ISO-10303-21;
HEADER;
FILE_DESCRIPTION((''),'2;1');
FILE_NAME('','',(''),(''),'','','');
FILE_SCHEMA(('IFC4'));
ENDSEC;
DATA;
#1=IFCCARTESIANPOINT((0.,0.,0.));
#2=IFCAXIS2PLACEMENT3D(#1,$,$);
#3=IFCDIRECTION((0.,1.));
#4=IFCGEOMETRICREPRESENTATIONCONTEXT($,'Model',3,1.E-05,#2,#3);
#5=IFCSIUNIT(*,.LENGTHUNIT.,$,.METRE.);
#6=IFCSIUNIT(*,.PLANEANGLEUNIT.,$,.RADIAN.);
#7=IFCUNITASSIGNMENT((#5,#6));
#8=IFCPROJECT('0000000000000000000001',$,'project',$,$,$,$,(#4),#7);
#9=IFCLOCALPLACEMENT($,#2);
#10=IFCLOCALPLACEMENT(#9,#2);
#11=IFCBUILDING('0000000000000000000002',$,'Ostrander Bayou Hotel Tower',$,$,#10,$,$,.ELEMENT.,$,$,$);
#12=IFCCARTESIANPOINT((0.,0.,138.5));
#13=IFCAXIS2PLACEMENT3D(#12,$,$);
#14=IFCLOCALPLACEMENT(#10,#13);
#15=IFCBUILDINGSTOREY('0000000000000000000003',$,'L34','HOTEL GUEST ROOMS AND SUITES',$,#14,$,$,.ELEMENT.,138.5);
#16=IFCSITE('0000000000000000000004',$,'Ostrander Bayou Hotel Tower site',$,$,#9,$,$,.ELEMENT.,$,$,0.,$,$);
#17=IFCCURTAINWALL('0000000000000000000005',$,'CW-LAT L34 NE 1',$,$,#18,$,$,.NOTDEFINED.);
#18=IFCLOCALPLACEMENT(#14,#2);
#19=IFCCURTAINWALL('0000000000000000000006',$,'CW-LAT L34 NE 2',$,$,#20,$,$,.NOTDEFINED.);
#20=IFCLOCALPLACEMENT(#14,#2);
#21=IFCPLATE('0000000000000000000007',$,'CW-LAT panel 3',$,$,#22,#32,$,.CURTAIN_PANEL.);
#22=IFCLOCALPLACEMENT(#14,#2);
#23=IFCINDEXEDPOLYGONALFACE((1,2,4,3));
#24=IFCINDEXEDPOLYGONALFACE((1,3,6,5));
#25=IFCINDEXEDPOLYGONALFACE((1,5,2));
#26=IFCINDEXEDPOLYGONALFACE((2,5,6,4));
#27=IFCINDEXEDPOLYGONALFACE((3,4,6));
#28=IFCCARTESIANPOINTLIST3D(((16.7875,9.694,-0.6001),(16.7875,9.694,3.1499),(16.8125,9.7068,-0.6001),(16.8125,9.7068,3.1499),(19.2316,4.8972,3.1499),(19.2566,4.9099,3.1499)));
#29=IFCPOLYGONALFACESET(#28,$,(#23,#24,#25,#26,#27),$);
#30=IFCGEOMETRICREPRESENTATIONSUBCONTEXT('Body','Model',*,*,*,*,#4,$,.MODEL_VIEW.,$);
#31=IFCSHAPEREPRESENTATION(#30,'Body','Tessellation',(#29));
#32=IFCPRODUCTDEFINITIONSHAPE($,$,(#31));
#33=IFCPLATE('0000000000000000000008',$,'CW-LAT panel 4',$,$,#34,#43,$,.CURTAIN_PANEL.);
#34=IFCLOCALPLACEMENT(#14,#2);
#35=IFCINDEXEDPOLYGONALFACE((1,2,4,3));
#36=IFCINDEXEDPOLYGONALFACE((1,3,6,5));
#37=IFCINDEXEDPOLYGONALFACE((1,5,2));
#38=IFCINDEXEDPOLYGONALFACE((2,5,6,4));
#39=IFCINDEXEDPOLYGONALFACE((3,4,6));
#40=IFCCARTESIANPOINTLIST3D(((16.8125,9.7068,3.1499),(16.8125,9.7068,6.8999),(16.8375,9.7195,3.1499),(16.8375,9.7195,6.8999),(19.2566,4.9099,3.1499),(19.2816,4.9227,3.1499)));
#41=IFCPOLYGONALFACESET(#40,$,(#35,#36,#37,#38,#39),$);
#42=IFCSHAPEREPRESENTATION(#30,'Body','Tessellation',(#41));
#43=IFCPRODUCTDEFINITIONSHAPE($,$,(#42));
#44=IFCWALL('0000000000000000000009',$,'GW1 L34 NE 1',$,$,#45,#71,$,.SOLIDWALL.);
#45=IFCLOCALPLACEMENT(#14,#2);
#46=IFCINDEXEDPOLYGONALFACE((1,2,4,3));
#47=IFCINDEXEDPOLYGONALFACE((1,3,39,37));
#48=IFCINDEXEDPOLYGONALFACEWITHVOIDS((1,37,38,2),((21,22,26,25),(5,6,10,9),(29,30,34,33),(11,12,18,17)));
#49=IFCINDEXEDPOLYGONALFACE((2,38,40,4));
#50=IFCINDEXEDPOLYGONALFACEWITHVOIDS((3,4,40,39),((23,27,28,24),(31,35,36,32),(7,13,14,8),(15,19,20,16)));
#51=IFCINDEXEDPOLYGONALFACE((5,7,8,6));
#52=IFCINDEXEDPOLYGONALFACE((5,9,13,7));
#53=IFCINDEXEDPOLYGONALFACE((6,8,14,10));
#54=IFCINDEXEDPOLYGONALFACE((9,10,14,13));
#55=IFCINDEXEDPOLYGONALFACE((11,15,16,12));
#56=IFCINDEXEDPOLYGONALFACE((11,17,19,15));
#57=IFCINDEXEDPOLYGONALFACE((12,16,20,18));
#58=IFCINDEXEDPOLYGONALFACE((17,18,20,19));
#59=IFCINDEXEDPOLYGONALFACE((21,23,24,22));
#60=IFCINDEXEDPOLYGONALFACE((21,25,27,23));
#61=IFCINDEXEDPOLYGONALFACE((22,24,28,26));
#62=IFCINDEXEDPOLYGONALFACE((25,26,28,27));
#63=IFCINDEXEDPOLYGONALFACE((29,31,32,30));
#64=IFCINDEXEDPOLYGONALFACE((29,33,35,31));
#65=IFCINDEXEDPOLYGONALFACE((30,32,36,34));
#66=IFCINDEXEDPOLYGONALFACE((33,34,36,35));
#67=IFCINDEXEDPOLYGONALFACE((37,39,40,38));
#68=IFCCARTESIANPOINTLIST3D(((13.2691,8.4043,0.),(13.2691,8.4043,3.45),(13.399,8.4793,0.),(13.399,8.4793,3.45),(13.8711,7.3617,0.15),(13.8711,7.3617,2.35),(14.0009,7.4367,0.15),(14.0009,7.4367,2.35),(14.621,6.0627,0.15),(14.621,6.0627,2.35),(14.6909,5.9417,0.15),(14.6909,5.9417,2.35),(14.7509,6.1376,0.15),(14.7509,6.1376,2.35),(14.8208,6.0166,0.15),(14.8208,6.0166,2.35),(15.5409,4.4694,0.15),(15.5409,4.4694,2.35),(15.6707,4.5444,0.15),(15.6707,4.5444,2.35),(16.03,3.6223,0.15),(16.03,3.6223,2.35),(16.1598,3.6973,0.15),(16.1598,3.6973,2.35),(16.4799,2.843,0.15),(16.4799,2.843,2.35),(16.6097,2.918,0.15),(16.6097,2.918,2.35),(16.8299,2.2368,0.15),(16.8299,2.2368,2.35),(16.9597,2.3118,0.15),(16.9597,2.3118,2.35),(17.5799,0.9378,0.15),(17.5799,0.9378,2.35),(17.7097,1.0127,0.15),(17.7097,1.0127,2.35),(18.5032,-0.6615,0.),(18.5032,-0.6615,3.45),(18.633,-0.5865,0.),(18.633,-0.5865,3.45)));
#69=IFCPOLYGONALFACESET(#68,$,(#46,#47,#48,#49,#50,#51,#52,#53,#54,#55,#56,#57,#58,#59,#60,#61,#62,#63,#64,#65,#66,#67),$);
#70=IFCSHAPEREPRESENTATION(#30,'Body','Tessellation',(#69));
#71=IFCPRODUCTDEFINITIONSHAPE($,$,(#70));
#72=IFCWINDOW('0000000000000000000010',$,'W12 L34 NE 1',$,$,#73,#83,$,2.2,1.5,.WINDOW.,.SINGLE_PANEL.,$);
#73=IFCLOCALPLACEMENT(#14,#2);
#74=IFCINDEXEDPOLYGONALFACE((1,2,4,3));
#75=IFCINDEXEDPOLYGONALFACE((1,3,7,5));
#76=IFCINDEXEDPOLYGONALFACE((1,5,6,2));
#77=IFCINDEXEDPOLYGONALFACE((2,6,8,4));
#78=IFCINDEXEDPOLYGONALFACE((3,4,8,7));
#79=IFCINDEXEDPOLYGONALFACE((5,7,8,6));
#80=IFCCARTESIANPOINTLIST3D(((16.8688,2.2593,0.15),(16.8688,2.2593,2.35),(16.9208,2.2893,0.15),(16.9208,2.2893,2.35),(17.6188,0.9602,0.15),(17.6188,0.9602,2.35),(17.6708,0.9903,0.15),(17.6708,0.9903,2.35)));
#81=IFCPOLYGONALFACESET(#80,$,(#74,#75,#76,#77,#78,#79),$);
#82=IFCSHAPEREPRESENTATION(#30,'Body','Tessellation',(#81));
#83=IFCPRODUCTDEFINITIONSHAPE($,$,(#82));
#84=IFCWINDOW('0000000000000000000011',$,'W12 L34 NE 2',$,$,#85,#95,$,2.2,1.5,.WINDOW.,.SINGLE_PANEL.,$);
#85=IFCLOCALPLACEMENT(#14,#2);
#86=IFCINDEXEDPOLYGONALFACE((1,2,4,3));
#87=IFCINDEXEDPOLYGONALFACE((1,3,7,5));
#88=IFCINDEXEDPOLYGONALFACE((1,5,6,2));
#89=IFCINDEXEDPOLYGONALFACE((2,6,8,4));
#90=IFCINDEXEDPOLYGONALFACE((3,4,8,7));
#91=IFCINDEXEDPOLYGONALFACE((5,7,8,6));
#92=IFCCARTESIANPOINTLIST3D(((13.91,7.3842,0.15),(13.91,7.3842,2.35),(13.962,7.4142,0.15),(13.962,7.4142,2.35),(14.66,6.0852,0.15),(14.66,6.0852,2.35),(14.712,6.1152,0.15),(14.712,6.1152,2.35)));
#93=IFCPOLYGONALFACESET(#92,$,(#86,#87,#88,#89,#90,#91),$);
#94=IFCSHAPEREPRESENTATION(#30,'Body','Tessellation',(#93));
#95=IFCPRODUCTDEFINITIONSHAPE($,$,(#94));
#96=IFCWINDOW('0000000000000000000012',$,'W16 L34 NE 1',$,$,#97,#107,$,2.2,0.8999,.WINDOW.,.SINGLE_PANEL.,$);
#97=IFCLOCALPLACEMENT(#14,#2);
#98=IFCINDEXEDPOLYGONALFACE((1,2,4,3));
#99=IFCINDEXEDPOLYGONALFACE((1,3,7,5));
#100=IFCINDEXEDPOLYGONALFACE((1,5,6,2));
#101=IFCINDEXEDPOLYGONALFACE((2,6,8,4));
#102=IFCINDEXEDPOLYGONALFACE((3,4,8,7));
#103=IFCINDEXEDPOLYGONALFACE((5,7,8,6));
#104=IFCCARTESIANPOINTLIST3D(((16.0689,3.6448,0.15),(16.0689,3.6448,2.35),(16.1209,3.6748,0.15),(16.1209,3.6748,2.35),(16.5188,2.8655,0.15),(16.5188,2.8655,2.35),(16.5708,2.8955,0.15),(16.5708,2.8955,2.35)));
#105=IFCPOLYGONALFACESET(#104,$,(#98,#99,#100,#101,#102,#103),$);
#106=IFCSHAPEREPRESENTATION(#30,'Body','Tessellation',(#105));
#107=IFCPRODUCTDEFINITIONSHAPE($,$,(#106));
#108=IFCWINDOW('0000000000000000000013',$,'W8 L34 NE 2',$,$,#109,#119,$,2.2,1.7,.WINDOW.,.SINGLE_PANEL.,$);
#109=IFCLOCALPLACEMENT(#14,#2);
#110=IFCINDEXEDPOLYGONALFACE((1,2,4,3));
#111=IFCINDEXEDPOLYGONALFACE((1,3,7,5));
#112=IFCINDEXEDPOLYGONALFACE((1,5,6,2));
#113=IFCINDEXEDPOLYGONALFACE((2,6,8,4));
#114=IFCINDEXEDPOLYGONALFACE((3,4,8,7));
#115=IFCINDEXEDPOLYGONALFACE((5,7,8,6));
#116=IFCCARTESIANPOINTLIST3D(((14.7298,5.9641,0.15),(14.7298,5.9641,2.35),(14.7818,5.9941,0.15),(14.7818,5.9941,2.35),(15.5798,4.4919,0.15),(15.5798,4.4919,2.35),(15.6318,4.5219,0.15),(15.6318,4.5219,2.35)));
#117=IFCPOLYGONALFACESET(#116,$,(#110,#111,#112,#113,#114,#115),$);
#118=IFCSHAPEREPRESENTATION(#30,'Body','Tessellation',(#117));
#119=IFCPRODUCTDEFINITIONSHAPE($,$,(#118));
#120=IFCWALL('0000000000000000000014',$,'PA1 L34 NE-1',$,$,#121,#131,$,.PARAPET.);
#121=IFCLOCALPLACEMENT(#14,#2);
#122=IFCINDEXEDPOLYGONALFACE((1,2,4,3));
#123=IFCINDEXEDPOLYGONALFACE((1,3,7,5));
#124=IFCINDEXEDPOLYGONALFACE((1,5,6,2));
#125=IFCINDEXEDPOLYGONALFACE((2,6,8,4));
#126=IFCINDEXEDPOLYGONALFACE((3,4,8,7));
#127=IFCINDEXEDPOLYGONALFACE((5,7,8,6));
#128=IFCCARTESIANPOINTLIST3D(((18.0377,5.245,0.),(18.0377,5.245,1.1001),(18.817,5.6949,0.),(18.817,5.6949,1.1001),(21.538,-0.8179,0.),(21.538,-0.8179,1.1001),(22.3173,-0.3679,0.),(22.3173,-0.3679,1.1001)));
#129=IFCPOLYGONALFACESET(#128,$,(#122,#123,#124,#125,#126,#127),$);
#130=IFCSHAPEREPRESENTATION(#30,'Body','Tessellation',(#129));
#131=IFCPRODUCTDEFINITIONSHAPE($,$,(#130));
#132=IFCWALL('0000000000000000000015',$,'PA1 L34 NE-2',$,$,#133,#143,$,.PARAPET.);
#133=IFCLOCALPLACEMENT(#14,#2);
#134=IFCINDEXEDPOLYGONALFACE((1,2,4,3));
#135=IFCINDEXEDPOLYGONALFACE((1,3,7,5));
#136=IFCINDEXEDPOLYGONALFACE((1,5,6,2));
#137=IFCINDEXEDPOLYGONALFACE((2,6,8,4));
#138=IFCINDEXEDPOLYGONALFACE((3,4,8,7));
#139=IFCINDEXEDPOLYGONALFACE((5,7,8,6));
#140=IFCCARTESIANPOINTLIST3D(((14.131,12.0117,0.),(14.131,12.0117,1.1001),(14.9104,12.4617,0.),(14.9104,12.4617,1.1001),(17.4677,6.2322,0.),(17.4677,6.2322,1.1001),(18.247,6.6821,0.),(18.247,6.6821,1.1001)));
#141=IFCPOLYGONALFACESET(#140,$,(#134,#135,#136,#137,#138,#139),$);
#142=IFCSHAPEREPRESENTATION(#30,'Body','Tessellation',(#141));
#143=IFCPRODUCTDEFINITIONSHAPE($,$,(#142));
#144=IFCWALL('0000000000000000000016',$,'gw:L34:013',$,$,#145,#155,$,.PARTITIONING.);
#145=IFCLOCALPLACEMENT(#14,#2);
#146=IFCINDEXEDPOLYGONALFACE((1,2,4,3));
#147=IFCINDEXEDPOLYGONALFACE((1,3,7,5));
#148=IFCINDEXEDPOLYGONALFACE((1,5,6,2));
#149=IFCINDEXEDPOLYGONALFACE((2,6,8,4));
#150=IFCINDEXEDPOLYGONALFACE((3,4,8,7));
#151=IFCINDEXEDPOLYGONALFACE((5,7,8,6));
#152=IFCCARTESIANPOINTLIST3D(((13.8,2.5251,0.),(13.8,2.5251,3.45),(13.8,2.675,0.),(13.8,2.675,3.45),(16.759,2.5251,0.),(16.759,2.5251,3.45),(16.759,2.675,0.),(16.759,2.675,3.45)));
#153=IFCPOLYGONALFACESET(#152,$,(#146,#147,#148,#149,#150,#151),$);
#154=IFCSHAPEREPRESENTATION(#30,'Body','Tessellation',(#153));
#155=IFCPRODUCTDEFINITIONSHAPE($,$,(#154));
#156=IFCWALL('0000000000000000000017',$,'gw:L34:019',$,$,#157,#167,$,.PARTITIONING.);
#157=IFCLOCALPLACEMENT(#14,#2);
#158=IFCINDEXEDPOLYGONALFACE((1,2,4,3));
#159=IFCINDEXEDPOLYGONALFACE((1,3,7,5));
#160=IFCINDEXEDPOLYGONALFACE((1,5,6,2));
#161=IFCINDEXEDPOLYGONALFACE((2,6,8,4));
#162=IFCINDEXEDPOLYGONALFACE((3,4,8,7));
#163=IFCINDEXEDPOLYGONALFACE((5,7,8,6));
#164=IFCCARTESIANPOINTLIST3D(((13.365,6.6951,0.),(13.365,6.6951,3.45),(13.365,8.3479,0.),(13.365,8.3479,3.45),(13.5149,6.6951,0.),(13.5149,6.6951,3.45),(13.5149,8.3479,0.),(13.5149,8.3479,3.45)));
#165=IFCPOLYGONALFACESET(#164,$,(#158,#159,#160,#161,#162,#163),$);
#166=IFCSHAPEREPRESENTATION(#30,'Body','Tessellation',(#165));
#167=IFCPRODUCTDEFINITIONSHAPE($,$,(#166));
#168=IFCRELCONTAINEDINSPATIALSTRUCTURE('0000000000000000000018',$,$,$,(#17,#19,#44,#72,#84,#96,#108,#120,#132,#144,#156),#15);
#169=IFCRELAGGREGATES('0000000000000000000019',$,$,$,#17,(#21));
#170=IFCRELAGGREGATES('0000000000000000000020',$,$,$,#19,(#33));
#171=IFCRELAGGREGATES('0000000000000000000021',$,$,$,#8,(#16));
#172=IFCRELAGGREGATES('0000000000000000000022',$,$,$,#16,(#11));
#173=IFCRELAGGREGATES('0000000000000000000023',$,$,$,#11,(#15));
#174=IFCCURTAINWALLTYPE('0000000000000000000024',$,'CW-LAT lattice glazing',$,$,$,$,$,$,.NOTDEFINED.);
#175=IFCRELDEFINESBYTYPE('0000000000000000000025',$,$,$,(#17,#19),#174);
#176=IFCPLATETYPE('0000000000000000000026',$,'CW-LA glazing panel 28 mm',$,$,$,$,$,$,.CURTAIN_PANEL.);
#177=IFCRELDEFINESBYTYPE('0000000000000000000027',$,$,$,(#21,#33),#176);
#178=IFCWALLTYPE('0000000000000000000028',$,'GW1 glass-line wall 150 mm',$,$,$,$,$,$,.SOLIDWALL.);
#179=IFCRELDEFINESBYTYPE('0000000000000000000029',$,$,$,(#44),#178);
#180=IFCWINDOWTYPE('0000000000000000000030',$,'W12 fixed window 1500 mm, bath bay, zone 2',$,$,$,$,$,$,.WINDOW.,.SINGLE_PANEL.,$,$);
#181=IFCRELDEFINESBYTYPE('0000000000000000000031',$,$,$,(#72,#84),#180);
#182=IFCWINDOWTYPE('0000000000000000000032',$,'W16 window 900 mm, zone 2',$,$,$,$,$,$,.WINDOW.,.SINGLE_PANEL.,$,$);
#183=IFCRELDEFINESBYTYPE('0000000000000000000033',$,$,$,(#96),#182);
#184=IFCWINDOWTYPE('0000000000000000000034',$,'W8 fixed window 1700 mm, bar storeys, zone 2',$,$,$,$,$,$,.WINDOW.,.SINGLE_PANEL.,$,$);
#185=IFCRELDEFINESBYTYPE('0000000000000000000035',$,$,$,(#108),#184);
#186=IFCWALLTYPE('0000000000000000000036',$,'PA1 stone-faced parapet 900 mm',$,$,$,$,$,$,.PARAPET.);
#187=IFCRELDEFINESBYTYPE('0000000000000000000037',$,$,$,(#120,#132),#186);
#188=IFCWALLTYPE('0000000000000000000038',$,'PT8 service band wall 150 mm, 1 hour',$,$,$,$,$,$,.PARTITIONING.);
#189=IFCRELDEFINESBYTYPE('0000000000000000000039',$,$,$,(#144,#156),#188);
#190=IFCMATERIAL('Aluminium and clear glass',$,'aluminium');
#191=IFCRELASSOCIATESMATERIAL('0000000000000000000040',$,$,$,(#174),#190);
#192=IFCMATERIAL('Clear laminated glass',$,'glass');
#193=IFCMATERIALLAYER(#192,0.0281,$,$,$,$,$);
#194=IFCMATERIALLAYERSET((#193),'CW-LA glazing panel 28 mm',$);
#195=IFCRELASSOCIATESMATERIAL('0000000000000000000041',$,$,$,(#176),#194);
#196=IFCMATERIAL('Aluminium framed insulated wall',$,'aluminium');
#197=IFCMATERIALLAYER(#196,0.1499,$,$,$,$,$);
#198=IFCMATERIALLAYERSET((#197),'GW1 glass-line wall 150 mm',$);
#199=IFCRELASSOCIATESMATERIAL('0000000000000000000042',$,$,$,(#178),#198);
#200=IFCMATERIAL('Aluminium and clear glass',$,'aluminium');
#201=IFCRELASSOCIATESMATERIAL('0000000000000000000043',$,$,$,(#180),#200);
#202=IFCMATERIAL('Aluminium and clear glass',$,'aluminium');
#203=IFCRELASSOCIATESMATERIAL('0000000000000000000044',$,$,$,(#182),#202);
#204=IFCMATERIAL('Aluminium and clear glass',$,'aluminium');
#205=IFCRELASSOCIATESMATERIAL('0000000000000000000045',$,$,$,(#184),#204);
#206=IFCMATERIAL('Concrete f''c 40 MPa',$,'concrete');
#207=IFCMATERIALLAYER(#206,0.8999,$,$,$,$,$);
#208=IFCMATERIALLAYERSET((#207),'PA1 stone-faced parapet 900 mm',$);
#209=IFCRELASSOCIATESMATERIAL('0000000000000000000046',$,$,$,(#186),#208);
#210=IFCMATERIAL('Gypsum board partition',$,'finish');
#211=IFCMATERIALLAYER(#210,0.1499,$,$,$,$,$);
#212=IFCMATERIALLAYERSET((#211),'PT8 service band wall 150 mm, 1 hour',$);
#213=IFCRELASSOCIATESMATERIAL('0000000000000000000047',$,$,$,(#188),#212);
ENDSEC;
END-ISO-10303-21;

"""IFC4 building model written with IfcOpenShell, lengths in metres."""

from ifc_helpers import new_model, si_unit, direction, frame, frame_2d, origin, place, context, subcontext, project, spatial, polyline, rectangle, outline, extrude, material, layer, layer_set, type_object, element, fill, aggregate, save


model = new_model("IFC4")

# Units and contexts
model_context = context("Model", 3, precision=1e-05, world=origin(), true_north=direction((0.0, 1.0)))
body_context = subcontext(model_context, "Body", "Model", "MODEL_VIEW")
ifc_project = project(units=[si_unit("LENGTHUNIT", "METRE"), si_unit("PLANEANGLEUNIT", "RADIAN")], contexts=[model_context])

# Site, building, storey
site_placement = place(None, origin())
site = spatial("IfcSite", under=ifc_project, at=site_placement, Name="Ostrander Bayou Hotel Tower site", CompositionType="ELEMENT", RefElevation=0.0)
building_placement = place(site_placement, origin())
building = spatial("IfcBuilding", under=site, at=building_placement, Name="Ostrander Bayou Hotel Tower", CompositionType="ELEMENT")
storey_placement = place(building_placement, frame((0.0, 0.0, 138.5)))
storey = spatial("IfcBuildingStorey", under=building, at=storey_placement, Name="L34", Description="HOTEL GUEST ROOMS AND SUITES", CompositionType="ELEMENT", Elevation=138.5)

# Curtain wall
ifc_material_1 = material(Name="Aluminium and clear glass", Category="aluminium")
curtain_wall_type = type_object("IfcCurtainWallType", Name="CW-LAT lattice glazing", PredefinedType="NOTDEFINED", material=ifc_material_1)
curtain_wall_1_placement = place(storey_placement, origin())
curtain_wall_1 = element("IfcCurtainWall", 1, at=curtain_wall_1_placement, inside=storey, type_object=curtain_wall_type, Name="CW-LAT L34 NE 1", PredefinedType="NOTDEFINED")

# Curtain wall
curtain_wall_2_placement = place(storey_placement, origin())
curtain_wall_2 = element("IfcCurtainWall", 2, at=curtain_wall_2_placement, inside=storey, type_object=curtain_wall_type, Name="CW-LAT L34 NE 2", PredefinedType="NOTDEFINED")

# Shared definitions
ifc_material_2 = material(Name="Clear laminated glass", Category="glass")
ifc_layer_1 = layer(ifc_material_2, 0.0281)
ifc_layer_set_1 = layer_set([ifc_layer_1], Name="CW-LA glazing panel 28 mm")
plate_type = type_object("IfcPlateType", Name="CW-LA glazing panel 28 mm", PredefinedType="CURTAIN_PANEL", material=ifc_layer_set_1)

# Plates
plate_1_placement = place(storey_placement, frame((19.2566, 4.9099, 3.1499), z_axis=(0.891009, 0.453985, 0.0), x_axis=(-0.372521, 0.731125, -0.571563)))
plate_1 = element("IfcPlate", 3, at=plate_1_placement, type_object=plate_type, Name="CW-LAT panel 3", PredefinedType="CURTAIN_PANEL", context=body_context, shape_type="SweptSolid", body=[
    extrude(outline(polyline([(0.0, 0.0), (6.561, 0.0), (4.4176, 3.0771), (0.0, 0.0)])), origin(), (0.0, 0.0, -1.0), 0.0281),
])
aggregate(curtain_wall_1, [plate_1])
plate_2_placement = place(storey_placement, frame((19.2566, 4.9099, 3.1499), z_axis=(-0.891009, -0.453985, 0.0), x_axis=(-0.372521, 0.731125, 0.571563)))
plate_2 = element("IfcPlate", 4, at=plate_2_placement, type_object=plate_type, Name="CW-LAT panel 4", PredefinedType="CURTAIN_PANEL", context=body_context, shape_type="SweptSolid", body=[
    extrude(outline(polyline([(0.0, 0.0), (6.561, 0.0), (4.4176, 3.0771), (0.0, 0.0)])), origin(), (0.0, 0.0, -1.0), 0.0281),
])
aggregate(curtain_wall_2, [plate_2])

# Wall, openings, windows
ifc_material_3 = material(Name="Aluminium framed insulated wall", Category="aluminium")
ifc_layer_2 = layer(ifc_material_3, 0.1499)
ifc_layer_set_2 = layer_set([ifc_layer_2], Name="GW1 glass-line wall 150 mm")
wall_type_1 = type_object("IfcWallType", Name="GW1 glass-line wall 150 mm", PredefinedType="SOLIDWALL", material=ifc_layer_set_2)
wall_1_placement = place(storey_placement, frame((18.5681, -0.624, 0.0), z_axis=(0.0, 0.0, 1.0), x_axis=(-0.499994, 0.866029, 0.0)))
wall_1 = element("IfcWall", 5, at=wall_1_placement, inside=storey, type_object=wall_type_1, Name="GW1 L34 NE 1", PredefinedType="SOLIDWALL", context=body_context, shape_type="SweptSolid", body=[
    extrude(rectangle(XDim=10.4683, YDim=0.1499, at=frame_2d((5.2341, 0.0))), origin(), (0.0, 0.0, 1.0), 3.45),
])
opening_1_placement = place(wall_1_placement, frame((4.0466, 0.0, 0.1499)))
opening_1 = element("IfcOpeningElement", 6, at=opening_1_placement, cuts=wall_1, PredefinedType="OPENING", context=body_context, shape_type="SweptSolid", body=[
    extrude(rectangle(XDim=0.8999, YDim=2.2, at=frame_2d((0.45, 1.1001))), frame((0.0, 0.075, 0.0), z_axis=(0.0, -1.0, 0.0), x_axis=(1.0, 0.0, 0.0)), (0.0, 0.0, 1.0), 0.1499),
])
opening_2_placement = place(wall_1_placement, frame((1.8467, 0.0, 0.1499)))
opening_2 = element("IfcOpeningElement", 7, at=opening_2_placement, cuts=wall_1, PredefinedType="OPENING", context=body_context, shape_type="SweptSolid", body=[
    extrude(rectangle(XDim=1.5, YDim=2.2, at=frame_2d((0.75, 1.1001))), frame((0.0, 0.075, 0.0), z_axis=(0.0, -1.0, 0.0), x_axis=(1.0, 0.0, 0.0)), (0.0, 0.0, 1.0), 0.1499),
])
opening_3_placement = place(wall_1_placement, frame((5.9246, 0.0, 0.1499)))
opening_3 = element("IfcOpeningElement", 8, at=opening_3_placement, cuts=wall_1, PredefinedType="OPENING", context=body_context, shape_type="SweptSolid", body=[
    extrude(rectangle(XDim=1.7, YDim=2.2, at=frame_2d((0.8501, 1.1001))), frame((0.0, 0.075, 0.0), z_axis=(0.0, -1.0, 0.0), x_axis=(1.0, 0.0, 0.0)), (0.0, 0.0, 1.0), 0.1499),
])
opening_4_placement = place(wall_1_placement, frame((7.7644, 0.0, 0.1499)))
opening_4 = element("IfcOpeningElement", 9, at=opening_4_placement, cuts=wall_1, PredefinedType="OPENING", context=body_context, shape_type="SweptSolid", body=[
    extrude(rectangle(XDim=1.5, YDim=2.2, at=frame_2d((0.75, 1.1001))), frame((0.0, 0.075, 0.0), z_axis=(0.0, -1.0, 0.0), x_axis=(1.0, 0.0, 0.0)), (0.0, 0.0, 1.0), 0.1499),
])
ifc_material_4 = material(Name="Aluminium and clear glass", Category="aluminium")
window_type_1 = type_object("IfcWindowType", Name="W12 fixed window 1500 mm, bath bay, zone 2", PartitioningType="SINGLE_PANEL", PredefinedType="WINDOW", material=ifc_material_4)
window_1_placement = place(opening_2_placement, origin())
window_1 = element("IfcWindow", 10, at=window_1_placement, inside=storey, type_object=window_type_1, Name="W12 L34 NE 1", OverallHeight=2.2, OverallWidth=1.5, PartitioningType="SINGLE_PANEL", PredefinedType="WINDOW", context=body_context, shape_type="SweptSolid", body=[
    extrude(rectangle(XDim=1.5, YDim=2.2, at=frame_2d((0.75, 1.1001))), frame((0.0, 0.03, 0.0), z_axis=(0.0, -1.0, 0.0), x_axis=(1.0, 0.0, 0.0)), (0.0, 0.0, 1.0), 0.0601),
])
fill(opening_2, window_1)
window_2_placement = place(opening_4_placement, origin())
window_2 = element("IfcWindow", 11, at=window_2_placement, inside=storey, type_object=window_type_1, Name="W12 L34 NE 2", OverallHeight=2.2, OverallWidth=1.5, PartitioningType="SINGLE_PANEL", PredefinedType="WINDOW", context=body_context, shape_type="SweptSolid", body=[
    extrude(rectangle(XDim=1.5, YDim=2.2, at=frame_2d((0.75, 1.1001))), frame((0.0, 0.03, 0.0), z_axis=(0.0, -1.0, 0.0), x_axis=(1.0, 0.0, 0.0)), (0.0, 0.0, 1.0), 0.0601),
])
fill(opening_4, window_2)
ifc_material_5 = material(Name="Aluminium and clear glass", Category="aluminium")
window_type_2 = type_object("IfcWindowType", Name="W16 window 900 mm, zone 2", PartitioningType="SINGLE_PANEL", PredefinedType="WINDOW", material=ifc_material_5)
window_3_placement = place(opening_1_placement, origin())
window_3 = element("IfcWindow", 12, at=window_3_placement, inside=storey, type_object=window_type_2, Name="W16 L34 NE 1", OverallHeight=2.2, OverallWidth=0.8999, PartitioningType="SINGLE_PANEL", PredefinedType="WINDOW", context=body_context, shape_type="SweptSolid", body=[
    extrude(rectangle(XDim=0.8999, YDim=2.2, at=frame_2d((0.45, 1.1001))), frame((0.0, 0.03, 0.0), z_axis=(0.0, -1.0, 0.0), x_axis=(1.0, 0.0, 0.0)), (0.0, 0.0, 1.0), 0.0601),
])
fill(opening_1, window_3)
ifc_material_6 = material(Name="Aluminium and clear glass", Category="aluminium")
window_type_3 = type_object("IfcWindowType", Name="W8 fixed window 1700 mm, bar storeys, zone 2", PartitioningType="SINGLE_PANEL", PredefinedType="WINDOW", material=ifc_material_6)
window_4_placement = place(opening_3_placement, origin())
window_4 = element("IfcWindow", 13, at=window_4_placement, inside=storey, type_object=window_type_3, Name="W8 L34 NE 2", OverallHeight=2.2, OverallWidth=1.7, PartitioningType="SINGLE_PANEL", PredefinedType="WINDOW", context=body_context, shape_type="SweptSolid", body=[
    extrude(rectangle(XDim=1.7, YDim=2.2, at=frame_2d((0.8501, 1.1001))), frame((0.0, 0.03, 0.0), z_axis=(0.0, -1.0, 0.0), x_axis=(1.0, 0.0, 0.0)), (0.0, 0.0, 1.0), 0.0601),
])
fill(opening_3, window_4)

# Walls
ifc_material_7 = material(Name="Concrete f'c 40 MPa", Category="concrete")
ifc_layer_3 = layer(ifc_material_7, 0.8999)
ifc_layer_set_3 = layer_set([ifc_layer_3], Name="PA1 stone-faced parapet 900 mm")
wall_type_2 = type_object("IfcWallType", Name="PA1 stone-faced parapet 900 mm", PredefinedType="PARAPET", material=ifc_layer_set_3)
wall_2_placement = place(storey_placement, frame((21.9277, -0.593, 0.0), z_axis=(0.0, 0.0, 1.0), x_axis=(-0.499991, 0.866031, 0.0)))
element("IfcWall", 14, at=wall_2_placement, inside=storey, type_object=wall_type_2, Name="PA1 L34 NE-1", PredefinedType="PARAPET", context=body_context, shape_type="SweptSolid", body=[
    extrude(rectangle(XDim=7.0007, YDim=0.8999, at=frame_2d((3.5005, 0.0))), origin(), (0.0, 0.0, 1.0), 1.1001),
])
wall_3_placement = place(storey_placement, frame((17.8574, 6.457, 0.0), z_axis=(0.0, 0.0, 1.0), x_axis=(-0.499983, 0.866035, 0.0)))
element("IfcWall", 15, at=wall_3_placement, inside=storey, type_object=wall_type_2, Name="PA1 L34 NE-2", PredefinedType="PARAPET", context=body_context, shape_type="SweptSolid", body=[
    extrude(rectangle(XDim=6.6736, YDim=0.8999, at=frame_2d((3.3369, 0.0))), origin(), (0.0, 0.0, 1.0), 1.1001),
])
ifc_material_8 = material(Name="Gypsum board partition", Category="finish")
ifc_layer_4 = layer(ifc_material_8, 0.1499)
ifc_layer_set_4 = layer_set([ifc_layer_4], Name="PT8 service band wall 150 mm, 1 hour")
wall_type_3 = type_object("IfcWallType", Name="PT8 service band wall 150 mm, 1 hour", PredefinedType="PARTITIONING", material=ifc_layer_set_4)
wall_4_placement = place(storey_placement, frame((13.8, 2.6001, 0.0), z_axis=(0.0, 0.0, 1.0), x_axis=(1.0, 0.0, 0.0)))
element("IfcWall", 16, at=wall_4_placement, inside=storey, type_object=wall_type_3, Name="gw:L34:013", PredefinedType="PARTITIONING", context=body_context, shape_type="SweptSolid", body=[
    extrude(rectangle(XDim=2.959, YDim=0.1499, at=frame_2d((1.4795, 0.0))), origin(), (0.0, 0.0, 1.0), 3.45),
])
wall_5_placement = place(storey_placement, frame((13.4399, 6.6951, 0.0), z_axis=(0.0, 0.0, 1.0), x_axis=(0.0, 1.0, 0.0)))
element("IfcWall", 17, at=wall_5_placement, inside=storey, type_object=wall_type_3, Name="gw:L34:019", PredefinedType="PARTITIONING", context=body_context, shape_type="SweptSolid", body=[
    extrude(rectangle(XDim=1.6528, YDim=0.1499, at=frame_2d((0.8264, 0.0))), origin(), (0.0, 0.0, 1.0), 3.45),
])

save(model, "model.ifc")
